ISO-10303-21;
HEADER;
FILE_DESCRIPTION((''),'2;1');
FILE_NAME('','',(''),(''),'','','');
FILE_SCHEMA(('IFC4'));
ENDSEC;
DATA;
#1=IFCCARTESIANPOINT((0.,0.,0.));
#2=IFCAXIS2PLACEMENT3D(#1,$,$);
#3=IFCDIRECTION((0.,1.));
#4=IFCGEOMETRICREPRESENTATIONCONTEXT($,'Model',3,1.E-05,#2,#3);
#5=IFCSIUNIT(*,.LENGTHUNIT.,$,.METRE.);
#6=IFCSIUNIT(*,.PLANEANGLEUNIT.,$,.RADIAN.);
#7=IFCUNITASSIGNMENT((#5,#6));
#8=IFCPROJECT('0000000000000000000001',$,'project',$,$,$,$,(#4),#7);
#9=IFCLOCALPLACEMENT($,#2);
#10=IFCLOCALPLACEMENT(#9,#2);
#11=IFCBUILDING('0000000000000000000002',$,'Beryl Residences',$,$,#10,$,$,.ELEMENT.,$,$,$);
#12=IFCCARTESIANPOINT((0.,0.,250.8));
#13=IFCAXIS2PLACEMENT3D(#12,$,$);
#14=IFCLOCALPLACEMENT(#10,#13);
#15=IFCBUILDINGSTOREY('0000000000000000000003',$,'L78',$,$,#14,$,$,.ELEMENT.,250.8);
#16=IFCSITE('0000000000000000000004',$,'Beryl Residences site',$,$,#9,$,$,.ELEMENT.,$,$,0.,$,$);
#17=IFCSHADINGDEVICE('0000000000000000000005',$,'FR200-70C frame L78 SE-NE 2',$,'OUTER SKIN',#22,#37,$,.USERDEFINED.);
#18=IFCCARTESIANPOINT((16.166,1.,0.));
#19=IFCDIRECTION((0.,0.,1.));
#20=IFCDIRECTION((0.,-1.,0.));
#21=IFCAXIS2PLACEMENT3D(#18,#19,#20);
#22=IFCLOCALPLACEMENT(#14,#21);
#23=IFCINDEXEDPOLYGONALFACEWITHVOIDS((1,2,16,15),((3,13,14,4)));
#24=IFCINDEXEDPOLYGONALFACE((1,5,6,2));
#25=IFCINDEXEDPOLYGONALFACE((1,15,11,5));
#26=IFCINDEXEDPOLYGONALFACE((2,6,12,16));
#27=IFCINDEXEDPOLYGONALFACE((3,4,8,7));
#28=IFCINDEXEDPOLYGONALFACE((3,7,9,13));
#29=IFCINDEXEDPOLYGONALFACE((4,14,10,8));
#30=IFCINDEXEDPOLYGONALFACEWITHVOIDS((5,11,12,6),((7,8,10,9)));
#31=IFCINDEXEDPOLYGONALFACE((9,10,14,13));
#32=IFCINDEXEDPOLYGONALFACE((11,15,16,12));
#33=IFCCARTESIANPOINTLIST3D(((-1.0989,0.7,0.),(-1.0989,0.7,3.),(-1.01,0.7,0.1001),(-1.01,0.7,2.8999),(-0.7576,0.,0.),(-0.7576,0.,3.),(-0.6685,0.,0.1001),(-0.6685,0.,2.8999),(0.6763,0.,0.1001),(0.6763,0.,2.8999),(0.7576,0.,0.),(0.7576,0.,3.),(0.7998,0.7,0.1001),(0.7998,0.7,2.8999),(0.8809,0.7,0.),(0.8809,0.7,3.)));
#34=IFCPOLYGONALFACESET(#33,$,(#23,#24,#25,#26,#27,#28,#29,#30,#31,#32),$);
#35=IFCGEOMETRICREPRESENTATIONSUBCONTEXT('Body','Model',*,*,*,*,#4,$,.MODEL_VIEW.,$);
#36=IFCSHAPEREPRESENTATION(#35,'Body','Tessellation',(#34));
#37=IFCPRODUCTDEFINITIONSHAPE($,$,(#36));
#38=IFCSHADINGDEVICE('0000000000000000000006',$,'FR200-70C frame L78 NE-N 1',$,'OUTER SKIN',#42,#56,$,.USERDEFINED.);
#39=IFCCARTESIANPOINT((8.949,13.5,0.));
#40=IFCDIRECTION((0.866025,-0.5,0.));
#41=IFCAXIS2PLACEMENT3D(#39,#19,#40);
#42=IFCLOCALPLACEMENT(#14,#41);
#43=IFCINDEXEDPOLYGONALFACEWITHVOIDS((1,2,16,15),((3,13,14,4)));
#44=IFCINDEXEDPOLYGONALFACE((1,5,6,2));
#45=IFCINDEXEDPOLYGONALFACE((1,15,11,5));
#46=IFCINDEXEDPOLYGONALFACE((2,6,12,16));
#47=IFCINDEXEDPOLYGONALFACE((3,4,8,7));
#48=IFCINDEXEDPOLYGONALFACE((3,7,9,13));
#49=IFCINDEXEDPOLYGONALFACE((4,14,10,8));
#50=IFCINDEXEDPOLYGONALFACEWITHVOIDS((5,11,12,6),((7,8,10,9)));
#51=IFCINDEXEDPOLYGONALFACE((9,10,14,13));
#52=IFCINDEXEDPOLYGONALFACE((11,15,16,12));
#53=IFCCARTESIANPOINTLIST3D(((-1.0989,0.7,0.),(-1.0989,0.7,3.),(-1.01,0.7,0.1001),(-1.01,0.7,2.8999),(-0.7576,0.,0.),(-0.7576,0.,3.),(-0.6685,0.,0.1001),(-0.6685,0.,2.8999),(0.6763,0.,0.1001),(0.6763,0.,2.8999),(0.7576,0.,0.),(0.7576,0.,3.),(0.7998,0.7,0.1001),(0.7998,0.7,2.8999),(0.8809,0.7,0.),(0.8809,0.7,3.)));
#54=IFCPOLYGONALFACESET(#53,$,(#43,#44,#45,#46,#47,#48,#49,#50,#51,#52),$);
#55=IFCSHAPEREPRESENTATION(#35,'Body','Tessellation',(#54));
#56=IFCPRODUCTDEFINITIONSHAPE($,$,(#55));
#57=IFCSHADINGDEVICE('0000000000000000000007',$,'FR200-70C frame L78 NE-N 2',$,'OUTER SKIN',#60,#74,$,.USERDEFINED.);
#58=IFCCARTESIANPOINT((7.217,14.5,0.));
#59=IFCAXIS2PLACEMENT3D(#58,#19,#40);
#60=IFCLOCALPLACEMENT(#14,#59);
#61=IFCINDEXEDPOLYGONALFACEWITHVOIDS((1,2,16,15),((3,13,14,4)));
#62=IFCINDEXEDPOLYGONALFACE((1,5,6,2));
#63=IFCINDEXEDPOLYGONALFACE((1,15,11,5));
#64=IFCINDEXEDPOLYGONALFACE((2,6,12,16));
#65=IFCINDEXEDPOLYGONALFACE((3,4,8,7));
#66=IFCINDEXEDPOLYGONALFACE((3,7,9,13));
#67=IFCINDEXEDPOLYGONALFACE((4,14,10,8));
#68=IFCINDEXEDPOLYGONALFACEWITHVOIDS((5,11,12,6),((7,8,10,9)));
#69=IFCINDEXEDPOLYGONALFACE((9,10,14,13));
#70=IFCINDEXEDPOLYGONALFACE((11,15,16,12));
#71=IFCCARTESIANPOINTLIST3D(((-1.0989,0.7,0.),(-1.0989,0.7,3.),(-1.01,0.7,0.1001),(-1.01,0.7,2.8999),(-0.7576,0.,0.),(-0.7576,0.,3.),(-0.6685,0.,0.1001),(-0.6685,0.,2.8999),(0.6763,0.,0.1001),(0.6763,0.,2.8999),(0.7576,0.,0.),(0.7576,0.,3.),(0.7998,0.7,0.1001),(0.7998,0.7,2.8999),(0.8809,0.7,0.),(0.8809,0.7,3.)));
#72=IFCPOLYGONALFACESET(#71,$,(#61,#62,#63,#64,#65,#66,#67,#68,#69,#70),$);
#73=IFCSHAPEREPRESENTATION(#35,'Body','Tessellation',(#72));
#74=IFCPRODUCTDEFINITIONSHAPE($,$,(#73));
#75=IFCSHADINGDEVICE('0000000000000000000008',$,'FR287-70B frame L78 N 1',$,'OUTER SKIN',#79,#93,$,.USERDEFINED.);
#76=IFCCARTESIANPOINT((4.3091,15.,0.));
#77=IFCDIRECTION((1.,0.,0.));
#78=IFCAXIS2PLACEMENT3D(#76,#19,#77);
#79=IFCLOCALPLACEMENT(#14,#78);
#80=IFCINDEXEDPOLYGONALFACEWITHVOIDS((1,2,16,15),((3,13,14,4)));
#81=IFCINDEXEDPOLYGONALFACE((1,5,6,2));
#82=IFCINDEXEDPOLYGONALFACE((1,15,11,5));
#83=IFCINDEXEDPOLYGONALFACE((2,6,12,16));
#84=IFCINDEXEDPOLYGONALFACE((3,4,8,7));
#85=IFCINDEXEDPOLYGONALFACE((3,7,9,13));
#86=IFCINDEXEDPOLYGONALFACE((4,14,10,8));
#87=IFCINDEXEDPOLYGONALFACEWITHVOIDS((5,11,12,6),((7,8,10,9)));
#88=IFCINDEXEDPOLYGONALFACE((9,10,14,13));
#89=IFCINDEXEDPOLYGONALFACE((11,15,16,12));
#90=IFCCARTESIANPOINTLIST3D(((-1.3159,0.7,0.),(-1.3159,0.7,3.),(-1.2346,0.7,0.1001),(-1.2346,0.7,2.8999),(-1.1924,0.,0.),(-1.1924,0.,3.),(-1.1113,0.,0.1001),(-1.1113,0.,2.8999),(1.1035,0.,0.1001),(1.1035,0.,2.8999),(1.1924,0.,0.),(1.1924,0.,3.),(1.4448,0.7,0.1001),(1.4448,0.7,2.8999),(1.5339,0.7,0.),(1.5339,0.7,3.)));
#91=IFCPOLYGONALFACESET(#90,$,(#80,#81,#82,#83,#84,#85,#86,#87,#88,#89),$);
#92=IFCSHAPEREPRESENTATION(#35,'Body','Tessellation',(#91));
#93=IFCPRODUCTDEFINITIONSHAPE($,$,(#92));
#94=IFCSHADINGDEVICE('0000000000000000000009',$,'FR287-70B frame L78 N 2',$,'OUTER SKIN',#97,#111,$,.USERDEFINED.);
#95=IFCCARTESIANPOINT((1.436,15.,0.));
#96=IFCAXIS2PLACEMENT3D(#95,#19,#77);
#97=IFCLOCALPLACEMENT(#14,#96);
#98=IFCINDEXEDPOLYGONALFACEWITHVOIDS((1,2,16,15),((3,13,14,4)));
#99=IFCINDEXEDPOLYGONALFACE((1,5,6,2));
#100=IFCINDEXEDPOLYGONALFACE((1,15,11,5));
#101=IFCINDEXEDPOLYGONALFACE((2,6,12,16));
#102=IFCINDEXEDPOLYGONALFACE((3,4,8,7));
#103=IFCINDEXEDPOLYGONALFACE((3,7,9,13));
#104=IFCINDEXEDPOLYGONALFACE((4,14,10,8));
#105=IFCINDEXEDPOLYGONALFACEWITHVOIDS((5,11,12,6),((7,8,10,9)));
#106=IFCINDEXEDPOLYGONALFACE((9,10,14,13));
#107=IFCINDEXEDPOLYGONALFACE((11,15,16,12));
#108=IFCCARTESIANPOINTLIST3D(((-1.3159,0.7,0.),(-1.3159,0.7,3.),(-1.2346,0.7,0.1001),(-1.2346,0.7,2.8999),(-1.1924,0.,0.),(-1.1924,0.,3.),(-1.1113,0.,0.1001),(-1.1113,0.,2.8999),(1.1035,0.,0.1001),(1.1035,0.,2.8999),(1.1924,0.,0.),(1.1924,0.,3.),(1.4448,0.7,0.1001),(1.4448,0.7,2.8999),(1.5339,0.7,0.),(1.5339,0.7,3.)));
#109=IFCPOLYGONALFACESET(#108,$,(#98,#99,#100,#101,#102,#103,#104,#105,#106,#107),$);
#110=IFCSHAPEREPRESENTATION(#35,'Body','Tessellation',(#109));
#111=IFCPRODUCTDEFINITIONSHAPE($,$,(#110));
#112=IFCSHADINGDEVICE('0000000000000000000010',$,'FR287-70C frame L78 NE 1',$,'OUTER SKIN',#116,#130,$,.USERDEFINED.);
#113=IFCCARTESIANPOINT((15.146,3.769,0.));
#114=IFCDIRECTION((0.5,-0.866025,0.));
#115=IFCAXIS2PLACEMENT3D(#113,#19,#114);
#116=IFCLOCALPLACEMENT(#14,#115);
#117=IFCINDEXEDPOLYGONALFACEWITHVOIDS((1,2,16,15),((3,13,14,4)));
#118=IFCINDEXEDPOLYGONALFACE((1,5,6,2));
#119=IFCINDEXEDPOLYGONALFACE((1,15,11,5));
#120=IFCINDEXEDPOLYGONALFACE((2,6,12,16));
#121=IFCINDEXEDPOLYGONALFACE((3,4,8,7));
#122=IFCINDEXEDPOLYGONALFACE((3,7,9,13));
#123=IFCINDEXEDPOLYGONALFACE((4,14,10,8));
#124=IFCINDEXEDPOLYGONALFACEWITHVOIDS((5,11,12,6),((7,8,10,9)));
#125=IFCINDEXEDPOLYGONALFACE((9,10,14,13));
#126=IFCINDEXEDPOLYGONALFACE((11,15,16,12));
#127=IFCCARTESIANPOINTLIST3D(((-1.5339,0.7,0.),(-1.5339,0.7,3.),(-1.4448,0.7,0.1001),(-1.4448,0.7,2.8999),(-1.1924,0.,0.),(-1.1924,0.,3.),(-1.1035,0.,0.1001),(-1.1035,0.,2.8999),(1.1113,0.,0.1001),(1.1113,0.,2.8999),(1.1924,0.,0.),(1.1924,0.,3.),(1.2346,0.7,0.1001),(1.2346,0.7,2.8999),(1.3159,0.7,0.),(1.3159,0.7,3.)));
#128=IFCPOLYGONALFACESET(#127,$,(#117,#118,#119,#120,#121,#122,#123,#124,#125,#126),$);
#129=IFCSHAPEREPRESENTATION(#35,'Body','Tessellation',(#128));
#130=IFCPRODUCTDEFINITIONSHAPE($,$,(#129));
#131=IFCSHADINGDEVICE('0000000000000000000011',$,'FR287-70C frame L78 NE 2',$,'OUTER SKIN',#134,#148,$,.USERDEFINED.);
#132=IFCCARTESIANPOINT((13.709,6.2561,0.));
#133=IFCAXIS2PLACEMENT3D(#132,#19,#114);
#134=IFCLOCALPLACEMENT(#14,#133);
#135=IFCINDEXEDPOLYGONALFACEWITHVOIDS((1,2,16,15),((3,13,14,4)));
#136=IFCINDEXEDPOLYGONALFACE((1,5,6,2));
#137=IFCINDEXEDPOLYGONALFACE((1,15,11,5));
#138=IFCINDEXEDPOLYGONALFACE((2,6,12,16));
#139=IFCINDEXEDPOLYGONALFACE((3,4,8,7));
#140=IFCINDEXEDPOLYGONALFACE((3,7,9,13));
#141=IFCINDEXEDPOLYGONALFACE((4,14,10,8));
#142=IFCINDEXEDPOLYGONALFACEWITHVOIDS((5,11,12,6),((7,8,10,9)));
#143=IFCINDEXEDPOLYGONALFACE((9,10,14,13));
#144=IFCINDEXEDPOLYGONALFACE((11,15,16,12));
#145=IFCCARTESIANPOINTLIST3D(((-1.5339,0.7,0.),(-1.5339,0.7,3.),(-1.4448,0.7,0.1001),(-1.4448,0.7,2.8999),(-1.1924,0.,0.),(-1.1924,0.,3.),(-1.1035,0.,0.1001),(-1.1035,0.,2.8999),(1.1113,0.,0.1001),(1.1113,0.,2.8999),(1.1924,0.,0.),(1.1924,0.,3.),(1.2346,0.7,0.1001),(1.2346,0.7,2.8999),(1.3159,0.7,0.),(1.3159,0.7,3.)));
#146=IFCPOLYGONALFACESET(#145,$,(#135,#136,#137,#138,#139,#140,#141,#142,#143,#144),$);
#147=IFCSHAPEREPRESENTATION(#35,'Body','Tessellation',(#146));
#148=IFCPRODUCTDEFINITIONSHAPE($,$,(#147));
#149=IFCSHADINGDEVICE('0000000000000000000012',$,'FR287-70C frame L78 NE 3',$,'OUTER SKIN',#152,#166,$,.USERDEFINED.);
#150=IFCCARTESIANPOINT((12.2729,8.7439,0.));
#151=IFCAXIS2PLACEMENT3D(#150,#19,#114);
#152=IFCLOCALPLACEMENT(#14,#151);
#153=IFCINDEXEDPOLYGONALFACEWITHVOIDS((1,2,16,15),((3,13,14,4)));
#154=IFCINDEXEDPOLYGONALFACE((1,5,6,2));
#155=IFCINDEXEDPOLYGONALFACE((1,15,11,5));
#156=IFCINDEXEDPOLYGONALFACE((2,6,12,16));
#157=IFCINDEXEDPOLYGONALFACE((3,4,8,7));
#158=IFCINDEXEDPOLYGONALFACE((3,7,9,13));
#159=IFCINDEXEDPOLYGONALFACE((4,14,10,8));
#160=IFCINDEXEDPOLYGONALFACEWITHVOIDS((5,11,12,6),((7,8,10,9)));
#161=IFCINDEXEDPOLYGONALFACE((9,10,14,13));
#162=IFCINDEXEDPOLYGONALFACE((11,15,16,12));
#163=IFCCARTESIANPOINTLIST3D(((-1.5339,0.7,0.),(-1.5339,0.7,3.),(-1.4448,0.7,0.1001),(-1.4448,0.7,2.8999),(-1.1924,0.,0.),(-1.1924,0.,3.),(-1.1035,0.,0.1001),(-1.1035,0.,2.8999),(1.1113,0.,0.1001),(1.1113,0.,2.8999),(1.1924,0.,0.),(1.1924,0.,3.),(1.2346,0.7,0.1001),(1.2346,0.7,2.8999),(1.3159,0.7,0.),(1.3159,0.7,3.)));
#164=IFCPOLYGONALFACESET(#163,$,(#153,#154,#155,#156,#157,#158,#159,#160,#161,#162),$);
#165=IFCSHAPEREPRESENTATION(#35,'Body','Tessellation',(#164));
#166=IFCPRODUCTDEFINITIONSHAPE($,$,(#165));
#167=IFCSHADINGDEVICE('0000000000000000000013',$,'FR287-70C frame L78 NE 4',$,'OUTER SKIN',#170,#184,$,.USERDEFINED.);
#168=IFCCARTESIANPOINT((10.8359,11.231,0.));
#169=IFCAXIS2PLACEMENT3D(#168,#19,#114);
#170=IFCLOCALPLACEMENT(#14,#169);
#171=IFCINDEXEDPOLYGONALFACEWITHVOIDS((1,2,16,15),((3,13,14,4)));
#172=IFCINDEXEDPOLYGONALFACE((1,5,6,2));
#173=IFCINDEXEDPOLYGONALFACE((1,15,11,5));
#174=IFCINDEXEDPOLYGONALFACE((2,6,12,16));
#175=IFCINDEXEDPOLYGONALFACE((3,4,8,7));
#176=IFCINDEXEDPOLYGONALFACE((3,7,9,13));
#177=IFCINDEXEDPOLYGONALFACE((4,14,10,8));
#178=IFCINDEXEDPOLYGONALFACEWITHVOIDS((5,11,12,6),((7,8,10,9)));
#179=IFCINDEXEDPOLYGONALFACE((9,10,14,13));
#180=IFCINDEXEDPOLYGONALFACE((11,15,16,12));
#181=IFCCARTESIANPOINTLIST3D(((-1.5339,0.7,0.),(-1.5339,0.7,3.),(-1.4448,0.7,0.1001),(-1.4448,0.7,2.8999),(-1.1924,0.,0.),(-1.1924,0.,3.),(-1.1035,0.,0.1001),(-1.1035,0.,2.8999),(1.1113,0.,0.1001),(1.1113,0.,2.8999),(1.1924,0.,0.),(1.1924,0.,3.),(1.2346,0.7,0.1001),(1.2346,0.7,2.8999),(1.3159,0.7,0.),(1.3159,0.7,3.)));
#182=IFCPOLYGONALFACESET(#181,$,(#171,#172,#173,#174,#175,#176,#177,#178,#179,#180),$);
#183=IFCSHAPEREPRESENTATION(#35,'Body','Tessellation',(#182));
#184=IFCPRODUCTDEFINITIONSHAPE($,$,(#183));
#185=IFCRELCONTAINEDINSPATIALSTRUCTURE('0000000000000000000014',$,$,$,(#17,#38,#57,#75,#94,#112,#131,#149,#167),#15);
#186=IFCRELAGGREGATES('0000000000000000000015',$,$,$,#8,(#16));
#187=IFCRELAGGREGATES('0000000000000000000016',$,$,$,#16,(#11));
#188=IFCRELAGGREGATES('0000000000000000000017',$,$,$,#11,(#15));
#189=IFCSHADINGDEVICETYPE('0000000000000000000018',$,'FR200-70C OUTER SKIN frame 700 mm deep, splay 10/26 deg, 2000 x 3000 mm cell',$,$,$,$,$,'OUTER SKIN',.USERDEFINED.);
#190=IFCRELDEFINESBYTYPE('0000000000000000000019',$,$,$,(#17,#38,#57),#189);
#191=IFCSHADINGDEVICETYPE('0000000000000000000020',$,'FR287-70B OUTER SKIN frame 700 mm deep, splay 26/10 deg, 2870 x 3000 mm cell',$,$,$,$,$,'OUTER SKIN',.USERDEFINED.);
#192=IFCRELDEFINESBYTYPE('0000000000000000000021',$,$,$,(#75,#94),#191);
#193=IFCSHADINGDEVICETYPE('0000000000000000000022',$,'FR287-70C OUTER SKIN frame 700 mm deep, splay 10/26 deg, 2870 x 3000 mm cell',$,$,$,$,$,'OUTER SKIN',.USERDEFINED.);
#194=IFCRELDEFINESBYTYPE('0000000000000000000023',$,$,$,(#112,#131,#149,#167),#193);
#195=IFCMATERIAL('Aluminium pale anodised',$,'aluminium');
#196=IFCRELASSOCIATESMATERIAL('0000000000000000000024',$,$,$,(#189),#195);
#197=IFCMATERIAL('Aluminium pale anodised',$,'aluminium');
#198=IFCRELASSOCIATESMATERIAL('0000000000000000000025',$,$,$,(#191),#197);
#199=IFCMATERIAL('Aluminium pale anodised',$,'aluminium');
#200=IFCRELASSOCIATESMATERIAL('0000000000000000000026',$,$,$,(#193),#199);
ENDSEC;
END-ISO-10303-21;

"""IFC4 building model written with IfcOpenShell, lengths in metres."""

from ifc_helpers import new_model, entity, si_unit, direction, frame, origin, place, context, subcontext, project, spatial, source, transform, mapped, material, type_object, type_shapes, element, save


model = new_model("IFC4")

# Units and contexts
model_context = context("Model", 3, precision=1e-05, world=origin(), true_north=direction((0.0, 1.0)))
body_context = subcontext(model_context, "Body", "Model", "MODEL_VIEW")
ifc_project = project(units=[si_unit("LENGTHUNIT", "METRE"), si_unit("PLANEANGLEUNIT", "RADIAN")], contexts=[model_context])

# Site, building, storey
site_placement = place(None, origin())
site = spatial("IfcSite", under=ifc_project, at=site_placement, Name="Beryl Residences site", CompositionType="ELEMENT", RefElevation=0.0)
building_placement = place(site_placement, origin())
building = spatial("IfcBuilding", under=site, at=building_placement, Name="Beryl Residences", CompositionType="ELEMENT")
storey_placement = place(building_placement, frame((0.0, 0.0, 250.8)))
storey = spatial("IfcBuildingStorey", under=building, at=storey_placement, Name="L78", CompositionType="ELEMENT", Elevation=250.8)

# Shading devices
ifc_material_1 = material(Name="Aluminium pale anodised", Category="aluminium")
shading_device_type_1 = type_object("IfcShadingDeviceType", Name="FR200-70C OUTER SKIN frame 700 mm deep, splay 10/26 deg, 2000 x 3000 mm cell", ElementType="OUTER SKIN", PredefinedType="USERDEFINED", material=ifc_material_1)
cartesian_point_1 = entity("IfcCartesianPoint", [-0.7576, 0.0])
cartesian_point_2 = entity("IfcCartesianPoint", [-0.6763, 0.1001])
cartesian_point_3 = entity("IfcCartesianPoint", [-0.8809, 0.0])
cartesian_point_4 = entity("IfcCartesianPoint", [-0.7998, 0.1001])
shared_shape_1 = source(origin(), body_context, "Body", "SweptSolid", [
    entity("IfcExtrudedAreaSolidTapered", entity("IfcArbitraryProfileDefWithVoids", "AREA", None, entity("IfcPolyline", [cartesian_point_1, entity("IfcCartesianPoint", [0.7576, 0.0]), entity("IfcCartesianPoint", [0.7576, 3.0]), entity("IfcCartesianPoint", [-0.7576, 3.0]), cartesian_point_1]), [entity("IfcPolyline", [cartesian_point_2, entity("IfcCartesianPoint", [0.6685, 0.1001]), entity("IfcCartesianPoint", [0.6685, 2.8999]), entity("IfcCartesianPoint", [-0.6763, 2.8999]), cartesian_point_2])]), entity("IfcAxis2Placement3D", entity("IfcCartesianPoint", [0.0, 0.0, 0.0]), entity("IfcDirection", [0.0, 1.0, 0.0]), entity("IfcDirection", [-1.0, 0.0, 0.0])), entity("IfcDirection", [0.0, 0.0, 1.0]), 0.7, entity("IfcArbitraryProfileDefWithVoids", "AREA", None, entity("IfcPolyline", [cartesian_point_3, entity("IfcCartesianPoint", [1.0989, 0.0]), entity("IfcCartesianPoint", [1.0989, 3.0]), entity("IfcCartesianPoint", [-0.8809, 3.0]), cartesian_point_3]), [entity("IfcPolyline", [cartesian_point_4, entity("IfcCartesianPoint", [1.01, 0.1001]), entity("IfcCartesianPoint", [1.01, 2.8999]), entity("IfcCartesianPoint", [-0.7998, 2.8999]), cartesian_point_4])])),
])
type_shapes(shading_device_type_1, [shared_shape_1])
for number, where, z_axis, x_axis, name in (
    (1, (16.166, 1.0, 0.0), (0.0, 0.0, 1.0), (0.0, -1.0, 0.0), "FR200-70C frame L78 SE-NE 2"),
    (2, (8.949, 13.5, 0.0), (0.0, 0.0, 1.0), (0.866025, -0.5, 0.0), "FR200-70C frame L78 NE-N 1"),
    (3, (7.217, 14.5, 0.0), (0.0, 0.0, 1.0), (0.866025, -0.5, 0.0), "FR200-70C frame L78 NE-N 2"),
):
    element("IfcShadingDevice", number, at=place(storey_placement, frame(where, z_axis=z_axis, x_axis=x_axis)), inside=storey, type_object=shading_device_type_1, Name=name, ObjectType="OUTER SKIN", PredefinedType="USERDEFINED", context=body_context, shape_type="MappedRepresentation", body=[
        mapped(shared_shape_1, transform((0.0, 0.0, 0.0))),
    ])
ifc_material_2 = material(Name="Aluminium pale anodised", Category="aluminium")
shading_device_type_2 = type_object("IfcShadingDeviceType", Name="FR287-70B OUTER SKIN frame 700 mm deep, splay 26/10 deg, 2870 x 3000 mm cell", ElementType="OUTER SKIN", PredefinedType="USERDEFINED", material=ifc_material_2)
cartesian_point_5 = entity("IfcCartesianPoint", [-1.1924, 0.0])
cartesian_point_6 = entity("IfcCartesianPoint", [-1.1035, 0.1001])
cartesian_point_7 = entity("IfcCartesianPoint", [-1.5339, 0.0])
cartesian_point_8 = entity("IfcCartesianPoint", [-1.4448, 0.1001])
shared_shape_2 = source(origin(), body_context, "Body", "SweptSolid", [
    entity("IfcExtrudedAreaSolidTapered", entity("IfcArbitraryProfileDefWithVoids", "AREA", None, entity("IfcPolyline", [cartesian_point_5, entity("IfcCartesianPoint", [1.1924, 0.0]), entity("IfcCartesianPoint", [1.1924, 3.0]), entity("IfcCartesianPoint", [-1.1924, 3.0]), cartesian_point_5]), [entity("IfcPolyline", [cartesian_point_6, entity("IfcCartesianPoint", [1.1113, 0.1001]), entity("IfcCartesianPoint", [1.1113, 2.8999]), entity("IfcCartesianPoint", [-1.1035, 2.8999]), cartesian_point_6])]), entity("IfcAxis2Placement3D", entity("IfcCartesianPoint", [0.0, 0.0, 0.0]), entity("IfcDirection", [0.0, 1.0, 0.0]), entity("IfcDirection", [-1.0, 0.0, 0.0])), entity("IfcDirection", [0.0, 0.0, 1.0]), 0.7, entity("IfcArbitraryProfileDefWithVoids", "AREA", None, entity("IfcPolyline", [cartesian_point_7, entity("IfcCartesianPoint", [1.3159, 0.0]), entity("IfcCartesianPoint", [1.3159, 3.0]), entity("IfcCartesianPoint", [-1.5339, 3.0]), cartesian_point_7]), [entity("IfcPolyline", [cartesian_point_8, entity("IfcCartesianPoint", [1.2346, 0.1001]), entity("IfcCartesianPoint", [1.2346, 2.8999]), entity("IfcCartesianPoint", [-1.4448, 2.8999]), cartesian_point_8])])),
])
type_shapes(shading_device_type_2, [shared_shape_2])
for number, where, z_axis, x_axis, name in (
    (4, (4.3091, 15.0, 0.0), (0.0, 0.0, 1.0), (1.0, 0.0, 0.0), "FR287-70B frame L78 N 1"),
    (5, (1.436, 15.0, 0.0), (0.0, 0.0, 1.0), (1.0, 0.0, 0.0), "FR287-70B frame L78 N 2"),
):
    element("IfcShadingDevice", number, at=place(storey_placement, frame(where, z_axis=z_axis, x_axis=x_axis)), inside=storey, type_object=shading_device_type_2, Name=name, ObjectType="OUTER SKIN", PredefinedType="USERDEFINED", context=body_context, shape_type="MappedRepresentation", body=[
        mapped(shared_shape_2, transform((0.0, 0.0, 0.0))),
    ])
ifc_material_3 = material(Name="Aluminium pale anodised", Category="aluminium")
shading_device_type_3 = type_object("IfcShadingDeviceType", Name="FR287-70C OUTER SKIN frame 700 mm deep, splay 10/26 deg, 2870 x 3000 mm cell", ElementType="OUTER SKIN", PredefinedType="USERDEFINED", material=ifc_material_3)
cartesian_point_9 = entity("IfcCartesianPoint", [-1.1924, 0.0])
cartesian_point_10 = entity("IfcCartesianPoint", [-1.1113, 0.1001])
cartesian_point_11 = entity("IfcCartesianPoint", [-1.3159, 0.0])
cartesian_point_12 = entity("IfcCartesianPoint", [-1.2346, 0.1001])
shared_shape_3 = source(origin(), body_context, "Body", "SweptSolid", [
    entity("IfcExtrudedAreaSolidTapered", entity("IfcArbitraryProfileDefWithVoids", "AREA", None, entity("IfcPolyline", [cartesian_point_9, entity("IfcCartesianPoint", [1.1924, 0.0]), entity("IfcCartesianPoint", [1.1924, 3.0]), entity("IfcCartesianPoint", [-1.1924, 3.0]), cartesian_point_9]), [entity("IfcPolyline", [cartesian_point_10, entity("IfcCartesianPoint", [1.1035, 0.1001]), entity("IfcCartesianPoint", [1.1035, 2.8999]), entity("IfcCartesianPoint", [-1.1113, 2.8999]), cartesian_point_10])]), entity("IfcAxis2Placement3D", entity("IfcCartesianPoint", [0.0, 0.0, 0.0]), entity("IfcDirection", [0.0, 1.0, 0.0]), entity("IfcDirection", [-1.0, 0.0, 0.0])), entity("IfcDirection", [0.0, 0.0, 1.0]), 0.7, entity("IfcArbitraryProfileDefWithVoids", "AREA", None, entity("IfcPolyline", [cartesian_point_11, entity("IfcCartesianPoint", [1.5339, 0.0]), entity("IfcCartesianPoint", [1.5339, 3.0]), entity("IfcCartesianPoint", [-1.3159, 3.0]), cartesian_point_11]), [entity("IfcPolyline", [cartesian_point_12, entity("IfcCartesianPoint", [1.4448, 0.1001]), entity("IfcCartesianPoint", [1.4448, 2.8999]), entity("IfcCartesianPoint", [-1.2346, 2.8999]), cartesian_point_12])])),
])
type_shapes(shading_device_type_3, [shared_shape_3])
for number, where, z_axis, x_axis, name in (
    (6, (15.146, 3.769, 0.0), (0.0, 0.0, 1.0), (0.5, -0.866025, 0.0), "FR287-70C frame L78 NE 1"),
    (7, (13.709, 6.2561, 0.0), (0.0, 0.0, 1.0), (0.5, -0.866025, 0.0), "FR287-70C frame L78 NE 2"),
    (8, (12.2729, 8.7439, 0.0), (0.0, 0.0, 1.0), (0.5, -0.866025, 0.0), "FR287-70C frame L78 NE 3"),
    (9, (10.8359, 11.231, 0.0), (0.0, 0.0, 1.0), (0.5, -0.866025, 0.0), "FR287-70C frame L78 NE 4"),
):
    element("IfcShadingDevice", number, at=place(storey_placement, frame(where, z_axis=z_axis, x_axis=x_axis)), inside=storey, type_object=shading_device_type_3, Name=name, ObjectType="OUTER SKIN", PredefinedType="USERDEFINED", context=body_context, shape_type="MappedRepresentation", body=[
        mapped(shared_shape_3, transform((0.0, 0.0, 0.0))),
    ])

save(model, "model.ifc")
